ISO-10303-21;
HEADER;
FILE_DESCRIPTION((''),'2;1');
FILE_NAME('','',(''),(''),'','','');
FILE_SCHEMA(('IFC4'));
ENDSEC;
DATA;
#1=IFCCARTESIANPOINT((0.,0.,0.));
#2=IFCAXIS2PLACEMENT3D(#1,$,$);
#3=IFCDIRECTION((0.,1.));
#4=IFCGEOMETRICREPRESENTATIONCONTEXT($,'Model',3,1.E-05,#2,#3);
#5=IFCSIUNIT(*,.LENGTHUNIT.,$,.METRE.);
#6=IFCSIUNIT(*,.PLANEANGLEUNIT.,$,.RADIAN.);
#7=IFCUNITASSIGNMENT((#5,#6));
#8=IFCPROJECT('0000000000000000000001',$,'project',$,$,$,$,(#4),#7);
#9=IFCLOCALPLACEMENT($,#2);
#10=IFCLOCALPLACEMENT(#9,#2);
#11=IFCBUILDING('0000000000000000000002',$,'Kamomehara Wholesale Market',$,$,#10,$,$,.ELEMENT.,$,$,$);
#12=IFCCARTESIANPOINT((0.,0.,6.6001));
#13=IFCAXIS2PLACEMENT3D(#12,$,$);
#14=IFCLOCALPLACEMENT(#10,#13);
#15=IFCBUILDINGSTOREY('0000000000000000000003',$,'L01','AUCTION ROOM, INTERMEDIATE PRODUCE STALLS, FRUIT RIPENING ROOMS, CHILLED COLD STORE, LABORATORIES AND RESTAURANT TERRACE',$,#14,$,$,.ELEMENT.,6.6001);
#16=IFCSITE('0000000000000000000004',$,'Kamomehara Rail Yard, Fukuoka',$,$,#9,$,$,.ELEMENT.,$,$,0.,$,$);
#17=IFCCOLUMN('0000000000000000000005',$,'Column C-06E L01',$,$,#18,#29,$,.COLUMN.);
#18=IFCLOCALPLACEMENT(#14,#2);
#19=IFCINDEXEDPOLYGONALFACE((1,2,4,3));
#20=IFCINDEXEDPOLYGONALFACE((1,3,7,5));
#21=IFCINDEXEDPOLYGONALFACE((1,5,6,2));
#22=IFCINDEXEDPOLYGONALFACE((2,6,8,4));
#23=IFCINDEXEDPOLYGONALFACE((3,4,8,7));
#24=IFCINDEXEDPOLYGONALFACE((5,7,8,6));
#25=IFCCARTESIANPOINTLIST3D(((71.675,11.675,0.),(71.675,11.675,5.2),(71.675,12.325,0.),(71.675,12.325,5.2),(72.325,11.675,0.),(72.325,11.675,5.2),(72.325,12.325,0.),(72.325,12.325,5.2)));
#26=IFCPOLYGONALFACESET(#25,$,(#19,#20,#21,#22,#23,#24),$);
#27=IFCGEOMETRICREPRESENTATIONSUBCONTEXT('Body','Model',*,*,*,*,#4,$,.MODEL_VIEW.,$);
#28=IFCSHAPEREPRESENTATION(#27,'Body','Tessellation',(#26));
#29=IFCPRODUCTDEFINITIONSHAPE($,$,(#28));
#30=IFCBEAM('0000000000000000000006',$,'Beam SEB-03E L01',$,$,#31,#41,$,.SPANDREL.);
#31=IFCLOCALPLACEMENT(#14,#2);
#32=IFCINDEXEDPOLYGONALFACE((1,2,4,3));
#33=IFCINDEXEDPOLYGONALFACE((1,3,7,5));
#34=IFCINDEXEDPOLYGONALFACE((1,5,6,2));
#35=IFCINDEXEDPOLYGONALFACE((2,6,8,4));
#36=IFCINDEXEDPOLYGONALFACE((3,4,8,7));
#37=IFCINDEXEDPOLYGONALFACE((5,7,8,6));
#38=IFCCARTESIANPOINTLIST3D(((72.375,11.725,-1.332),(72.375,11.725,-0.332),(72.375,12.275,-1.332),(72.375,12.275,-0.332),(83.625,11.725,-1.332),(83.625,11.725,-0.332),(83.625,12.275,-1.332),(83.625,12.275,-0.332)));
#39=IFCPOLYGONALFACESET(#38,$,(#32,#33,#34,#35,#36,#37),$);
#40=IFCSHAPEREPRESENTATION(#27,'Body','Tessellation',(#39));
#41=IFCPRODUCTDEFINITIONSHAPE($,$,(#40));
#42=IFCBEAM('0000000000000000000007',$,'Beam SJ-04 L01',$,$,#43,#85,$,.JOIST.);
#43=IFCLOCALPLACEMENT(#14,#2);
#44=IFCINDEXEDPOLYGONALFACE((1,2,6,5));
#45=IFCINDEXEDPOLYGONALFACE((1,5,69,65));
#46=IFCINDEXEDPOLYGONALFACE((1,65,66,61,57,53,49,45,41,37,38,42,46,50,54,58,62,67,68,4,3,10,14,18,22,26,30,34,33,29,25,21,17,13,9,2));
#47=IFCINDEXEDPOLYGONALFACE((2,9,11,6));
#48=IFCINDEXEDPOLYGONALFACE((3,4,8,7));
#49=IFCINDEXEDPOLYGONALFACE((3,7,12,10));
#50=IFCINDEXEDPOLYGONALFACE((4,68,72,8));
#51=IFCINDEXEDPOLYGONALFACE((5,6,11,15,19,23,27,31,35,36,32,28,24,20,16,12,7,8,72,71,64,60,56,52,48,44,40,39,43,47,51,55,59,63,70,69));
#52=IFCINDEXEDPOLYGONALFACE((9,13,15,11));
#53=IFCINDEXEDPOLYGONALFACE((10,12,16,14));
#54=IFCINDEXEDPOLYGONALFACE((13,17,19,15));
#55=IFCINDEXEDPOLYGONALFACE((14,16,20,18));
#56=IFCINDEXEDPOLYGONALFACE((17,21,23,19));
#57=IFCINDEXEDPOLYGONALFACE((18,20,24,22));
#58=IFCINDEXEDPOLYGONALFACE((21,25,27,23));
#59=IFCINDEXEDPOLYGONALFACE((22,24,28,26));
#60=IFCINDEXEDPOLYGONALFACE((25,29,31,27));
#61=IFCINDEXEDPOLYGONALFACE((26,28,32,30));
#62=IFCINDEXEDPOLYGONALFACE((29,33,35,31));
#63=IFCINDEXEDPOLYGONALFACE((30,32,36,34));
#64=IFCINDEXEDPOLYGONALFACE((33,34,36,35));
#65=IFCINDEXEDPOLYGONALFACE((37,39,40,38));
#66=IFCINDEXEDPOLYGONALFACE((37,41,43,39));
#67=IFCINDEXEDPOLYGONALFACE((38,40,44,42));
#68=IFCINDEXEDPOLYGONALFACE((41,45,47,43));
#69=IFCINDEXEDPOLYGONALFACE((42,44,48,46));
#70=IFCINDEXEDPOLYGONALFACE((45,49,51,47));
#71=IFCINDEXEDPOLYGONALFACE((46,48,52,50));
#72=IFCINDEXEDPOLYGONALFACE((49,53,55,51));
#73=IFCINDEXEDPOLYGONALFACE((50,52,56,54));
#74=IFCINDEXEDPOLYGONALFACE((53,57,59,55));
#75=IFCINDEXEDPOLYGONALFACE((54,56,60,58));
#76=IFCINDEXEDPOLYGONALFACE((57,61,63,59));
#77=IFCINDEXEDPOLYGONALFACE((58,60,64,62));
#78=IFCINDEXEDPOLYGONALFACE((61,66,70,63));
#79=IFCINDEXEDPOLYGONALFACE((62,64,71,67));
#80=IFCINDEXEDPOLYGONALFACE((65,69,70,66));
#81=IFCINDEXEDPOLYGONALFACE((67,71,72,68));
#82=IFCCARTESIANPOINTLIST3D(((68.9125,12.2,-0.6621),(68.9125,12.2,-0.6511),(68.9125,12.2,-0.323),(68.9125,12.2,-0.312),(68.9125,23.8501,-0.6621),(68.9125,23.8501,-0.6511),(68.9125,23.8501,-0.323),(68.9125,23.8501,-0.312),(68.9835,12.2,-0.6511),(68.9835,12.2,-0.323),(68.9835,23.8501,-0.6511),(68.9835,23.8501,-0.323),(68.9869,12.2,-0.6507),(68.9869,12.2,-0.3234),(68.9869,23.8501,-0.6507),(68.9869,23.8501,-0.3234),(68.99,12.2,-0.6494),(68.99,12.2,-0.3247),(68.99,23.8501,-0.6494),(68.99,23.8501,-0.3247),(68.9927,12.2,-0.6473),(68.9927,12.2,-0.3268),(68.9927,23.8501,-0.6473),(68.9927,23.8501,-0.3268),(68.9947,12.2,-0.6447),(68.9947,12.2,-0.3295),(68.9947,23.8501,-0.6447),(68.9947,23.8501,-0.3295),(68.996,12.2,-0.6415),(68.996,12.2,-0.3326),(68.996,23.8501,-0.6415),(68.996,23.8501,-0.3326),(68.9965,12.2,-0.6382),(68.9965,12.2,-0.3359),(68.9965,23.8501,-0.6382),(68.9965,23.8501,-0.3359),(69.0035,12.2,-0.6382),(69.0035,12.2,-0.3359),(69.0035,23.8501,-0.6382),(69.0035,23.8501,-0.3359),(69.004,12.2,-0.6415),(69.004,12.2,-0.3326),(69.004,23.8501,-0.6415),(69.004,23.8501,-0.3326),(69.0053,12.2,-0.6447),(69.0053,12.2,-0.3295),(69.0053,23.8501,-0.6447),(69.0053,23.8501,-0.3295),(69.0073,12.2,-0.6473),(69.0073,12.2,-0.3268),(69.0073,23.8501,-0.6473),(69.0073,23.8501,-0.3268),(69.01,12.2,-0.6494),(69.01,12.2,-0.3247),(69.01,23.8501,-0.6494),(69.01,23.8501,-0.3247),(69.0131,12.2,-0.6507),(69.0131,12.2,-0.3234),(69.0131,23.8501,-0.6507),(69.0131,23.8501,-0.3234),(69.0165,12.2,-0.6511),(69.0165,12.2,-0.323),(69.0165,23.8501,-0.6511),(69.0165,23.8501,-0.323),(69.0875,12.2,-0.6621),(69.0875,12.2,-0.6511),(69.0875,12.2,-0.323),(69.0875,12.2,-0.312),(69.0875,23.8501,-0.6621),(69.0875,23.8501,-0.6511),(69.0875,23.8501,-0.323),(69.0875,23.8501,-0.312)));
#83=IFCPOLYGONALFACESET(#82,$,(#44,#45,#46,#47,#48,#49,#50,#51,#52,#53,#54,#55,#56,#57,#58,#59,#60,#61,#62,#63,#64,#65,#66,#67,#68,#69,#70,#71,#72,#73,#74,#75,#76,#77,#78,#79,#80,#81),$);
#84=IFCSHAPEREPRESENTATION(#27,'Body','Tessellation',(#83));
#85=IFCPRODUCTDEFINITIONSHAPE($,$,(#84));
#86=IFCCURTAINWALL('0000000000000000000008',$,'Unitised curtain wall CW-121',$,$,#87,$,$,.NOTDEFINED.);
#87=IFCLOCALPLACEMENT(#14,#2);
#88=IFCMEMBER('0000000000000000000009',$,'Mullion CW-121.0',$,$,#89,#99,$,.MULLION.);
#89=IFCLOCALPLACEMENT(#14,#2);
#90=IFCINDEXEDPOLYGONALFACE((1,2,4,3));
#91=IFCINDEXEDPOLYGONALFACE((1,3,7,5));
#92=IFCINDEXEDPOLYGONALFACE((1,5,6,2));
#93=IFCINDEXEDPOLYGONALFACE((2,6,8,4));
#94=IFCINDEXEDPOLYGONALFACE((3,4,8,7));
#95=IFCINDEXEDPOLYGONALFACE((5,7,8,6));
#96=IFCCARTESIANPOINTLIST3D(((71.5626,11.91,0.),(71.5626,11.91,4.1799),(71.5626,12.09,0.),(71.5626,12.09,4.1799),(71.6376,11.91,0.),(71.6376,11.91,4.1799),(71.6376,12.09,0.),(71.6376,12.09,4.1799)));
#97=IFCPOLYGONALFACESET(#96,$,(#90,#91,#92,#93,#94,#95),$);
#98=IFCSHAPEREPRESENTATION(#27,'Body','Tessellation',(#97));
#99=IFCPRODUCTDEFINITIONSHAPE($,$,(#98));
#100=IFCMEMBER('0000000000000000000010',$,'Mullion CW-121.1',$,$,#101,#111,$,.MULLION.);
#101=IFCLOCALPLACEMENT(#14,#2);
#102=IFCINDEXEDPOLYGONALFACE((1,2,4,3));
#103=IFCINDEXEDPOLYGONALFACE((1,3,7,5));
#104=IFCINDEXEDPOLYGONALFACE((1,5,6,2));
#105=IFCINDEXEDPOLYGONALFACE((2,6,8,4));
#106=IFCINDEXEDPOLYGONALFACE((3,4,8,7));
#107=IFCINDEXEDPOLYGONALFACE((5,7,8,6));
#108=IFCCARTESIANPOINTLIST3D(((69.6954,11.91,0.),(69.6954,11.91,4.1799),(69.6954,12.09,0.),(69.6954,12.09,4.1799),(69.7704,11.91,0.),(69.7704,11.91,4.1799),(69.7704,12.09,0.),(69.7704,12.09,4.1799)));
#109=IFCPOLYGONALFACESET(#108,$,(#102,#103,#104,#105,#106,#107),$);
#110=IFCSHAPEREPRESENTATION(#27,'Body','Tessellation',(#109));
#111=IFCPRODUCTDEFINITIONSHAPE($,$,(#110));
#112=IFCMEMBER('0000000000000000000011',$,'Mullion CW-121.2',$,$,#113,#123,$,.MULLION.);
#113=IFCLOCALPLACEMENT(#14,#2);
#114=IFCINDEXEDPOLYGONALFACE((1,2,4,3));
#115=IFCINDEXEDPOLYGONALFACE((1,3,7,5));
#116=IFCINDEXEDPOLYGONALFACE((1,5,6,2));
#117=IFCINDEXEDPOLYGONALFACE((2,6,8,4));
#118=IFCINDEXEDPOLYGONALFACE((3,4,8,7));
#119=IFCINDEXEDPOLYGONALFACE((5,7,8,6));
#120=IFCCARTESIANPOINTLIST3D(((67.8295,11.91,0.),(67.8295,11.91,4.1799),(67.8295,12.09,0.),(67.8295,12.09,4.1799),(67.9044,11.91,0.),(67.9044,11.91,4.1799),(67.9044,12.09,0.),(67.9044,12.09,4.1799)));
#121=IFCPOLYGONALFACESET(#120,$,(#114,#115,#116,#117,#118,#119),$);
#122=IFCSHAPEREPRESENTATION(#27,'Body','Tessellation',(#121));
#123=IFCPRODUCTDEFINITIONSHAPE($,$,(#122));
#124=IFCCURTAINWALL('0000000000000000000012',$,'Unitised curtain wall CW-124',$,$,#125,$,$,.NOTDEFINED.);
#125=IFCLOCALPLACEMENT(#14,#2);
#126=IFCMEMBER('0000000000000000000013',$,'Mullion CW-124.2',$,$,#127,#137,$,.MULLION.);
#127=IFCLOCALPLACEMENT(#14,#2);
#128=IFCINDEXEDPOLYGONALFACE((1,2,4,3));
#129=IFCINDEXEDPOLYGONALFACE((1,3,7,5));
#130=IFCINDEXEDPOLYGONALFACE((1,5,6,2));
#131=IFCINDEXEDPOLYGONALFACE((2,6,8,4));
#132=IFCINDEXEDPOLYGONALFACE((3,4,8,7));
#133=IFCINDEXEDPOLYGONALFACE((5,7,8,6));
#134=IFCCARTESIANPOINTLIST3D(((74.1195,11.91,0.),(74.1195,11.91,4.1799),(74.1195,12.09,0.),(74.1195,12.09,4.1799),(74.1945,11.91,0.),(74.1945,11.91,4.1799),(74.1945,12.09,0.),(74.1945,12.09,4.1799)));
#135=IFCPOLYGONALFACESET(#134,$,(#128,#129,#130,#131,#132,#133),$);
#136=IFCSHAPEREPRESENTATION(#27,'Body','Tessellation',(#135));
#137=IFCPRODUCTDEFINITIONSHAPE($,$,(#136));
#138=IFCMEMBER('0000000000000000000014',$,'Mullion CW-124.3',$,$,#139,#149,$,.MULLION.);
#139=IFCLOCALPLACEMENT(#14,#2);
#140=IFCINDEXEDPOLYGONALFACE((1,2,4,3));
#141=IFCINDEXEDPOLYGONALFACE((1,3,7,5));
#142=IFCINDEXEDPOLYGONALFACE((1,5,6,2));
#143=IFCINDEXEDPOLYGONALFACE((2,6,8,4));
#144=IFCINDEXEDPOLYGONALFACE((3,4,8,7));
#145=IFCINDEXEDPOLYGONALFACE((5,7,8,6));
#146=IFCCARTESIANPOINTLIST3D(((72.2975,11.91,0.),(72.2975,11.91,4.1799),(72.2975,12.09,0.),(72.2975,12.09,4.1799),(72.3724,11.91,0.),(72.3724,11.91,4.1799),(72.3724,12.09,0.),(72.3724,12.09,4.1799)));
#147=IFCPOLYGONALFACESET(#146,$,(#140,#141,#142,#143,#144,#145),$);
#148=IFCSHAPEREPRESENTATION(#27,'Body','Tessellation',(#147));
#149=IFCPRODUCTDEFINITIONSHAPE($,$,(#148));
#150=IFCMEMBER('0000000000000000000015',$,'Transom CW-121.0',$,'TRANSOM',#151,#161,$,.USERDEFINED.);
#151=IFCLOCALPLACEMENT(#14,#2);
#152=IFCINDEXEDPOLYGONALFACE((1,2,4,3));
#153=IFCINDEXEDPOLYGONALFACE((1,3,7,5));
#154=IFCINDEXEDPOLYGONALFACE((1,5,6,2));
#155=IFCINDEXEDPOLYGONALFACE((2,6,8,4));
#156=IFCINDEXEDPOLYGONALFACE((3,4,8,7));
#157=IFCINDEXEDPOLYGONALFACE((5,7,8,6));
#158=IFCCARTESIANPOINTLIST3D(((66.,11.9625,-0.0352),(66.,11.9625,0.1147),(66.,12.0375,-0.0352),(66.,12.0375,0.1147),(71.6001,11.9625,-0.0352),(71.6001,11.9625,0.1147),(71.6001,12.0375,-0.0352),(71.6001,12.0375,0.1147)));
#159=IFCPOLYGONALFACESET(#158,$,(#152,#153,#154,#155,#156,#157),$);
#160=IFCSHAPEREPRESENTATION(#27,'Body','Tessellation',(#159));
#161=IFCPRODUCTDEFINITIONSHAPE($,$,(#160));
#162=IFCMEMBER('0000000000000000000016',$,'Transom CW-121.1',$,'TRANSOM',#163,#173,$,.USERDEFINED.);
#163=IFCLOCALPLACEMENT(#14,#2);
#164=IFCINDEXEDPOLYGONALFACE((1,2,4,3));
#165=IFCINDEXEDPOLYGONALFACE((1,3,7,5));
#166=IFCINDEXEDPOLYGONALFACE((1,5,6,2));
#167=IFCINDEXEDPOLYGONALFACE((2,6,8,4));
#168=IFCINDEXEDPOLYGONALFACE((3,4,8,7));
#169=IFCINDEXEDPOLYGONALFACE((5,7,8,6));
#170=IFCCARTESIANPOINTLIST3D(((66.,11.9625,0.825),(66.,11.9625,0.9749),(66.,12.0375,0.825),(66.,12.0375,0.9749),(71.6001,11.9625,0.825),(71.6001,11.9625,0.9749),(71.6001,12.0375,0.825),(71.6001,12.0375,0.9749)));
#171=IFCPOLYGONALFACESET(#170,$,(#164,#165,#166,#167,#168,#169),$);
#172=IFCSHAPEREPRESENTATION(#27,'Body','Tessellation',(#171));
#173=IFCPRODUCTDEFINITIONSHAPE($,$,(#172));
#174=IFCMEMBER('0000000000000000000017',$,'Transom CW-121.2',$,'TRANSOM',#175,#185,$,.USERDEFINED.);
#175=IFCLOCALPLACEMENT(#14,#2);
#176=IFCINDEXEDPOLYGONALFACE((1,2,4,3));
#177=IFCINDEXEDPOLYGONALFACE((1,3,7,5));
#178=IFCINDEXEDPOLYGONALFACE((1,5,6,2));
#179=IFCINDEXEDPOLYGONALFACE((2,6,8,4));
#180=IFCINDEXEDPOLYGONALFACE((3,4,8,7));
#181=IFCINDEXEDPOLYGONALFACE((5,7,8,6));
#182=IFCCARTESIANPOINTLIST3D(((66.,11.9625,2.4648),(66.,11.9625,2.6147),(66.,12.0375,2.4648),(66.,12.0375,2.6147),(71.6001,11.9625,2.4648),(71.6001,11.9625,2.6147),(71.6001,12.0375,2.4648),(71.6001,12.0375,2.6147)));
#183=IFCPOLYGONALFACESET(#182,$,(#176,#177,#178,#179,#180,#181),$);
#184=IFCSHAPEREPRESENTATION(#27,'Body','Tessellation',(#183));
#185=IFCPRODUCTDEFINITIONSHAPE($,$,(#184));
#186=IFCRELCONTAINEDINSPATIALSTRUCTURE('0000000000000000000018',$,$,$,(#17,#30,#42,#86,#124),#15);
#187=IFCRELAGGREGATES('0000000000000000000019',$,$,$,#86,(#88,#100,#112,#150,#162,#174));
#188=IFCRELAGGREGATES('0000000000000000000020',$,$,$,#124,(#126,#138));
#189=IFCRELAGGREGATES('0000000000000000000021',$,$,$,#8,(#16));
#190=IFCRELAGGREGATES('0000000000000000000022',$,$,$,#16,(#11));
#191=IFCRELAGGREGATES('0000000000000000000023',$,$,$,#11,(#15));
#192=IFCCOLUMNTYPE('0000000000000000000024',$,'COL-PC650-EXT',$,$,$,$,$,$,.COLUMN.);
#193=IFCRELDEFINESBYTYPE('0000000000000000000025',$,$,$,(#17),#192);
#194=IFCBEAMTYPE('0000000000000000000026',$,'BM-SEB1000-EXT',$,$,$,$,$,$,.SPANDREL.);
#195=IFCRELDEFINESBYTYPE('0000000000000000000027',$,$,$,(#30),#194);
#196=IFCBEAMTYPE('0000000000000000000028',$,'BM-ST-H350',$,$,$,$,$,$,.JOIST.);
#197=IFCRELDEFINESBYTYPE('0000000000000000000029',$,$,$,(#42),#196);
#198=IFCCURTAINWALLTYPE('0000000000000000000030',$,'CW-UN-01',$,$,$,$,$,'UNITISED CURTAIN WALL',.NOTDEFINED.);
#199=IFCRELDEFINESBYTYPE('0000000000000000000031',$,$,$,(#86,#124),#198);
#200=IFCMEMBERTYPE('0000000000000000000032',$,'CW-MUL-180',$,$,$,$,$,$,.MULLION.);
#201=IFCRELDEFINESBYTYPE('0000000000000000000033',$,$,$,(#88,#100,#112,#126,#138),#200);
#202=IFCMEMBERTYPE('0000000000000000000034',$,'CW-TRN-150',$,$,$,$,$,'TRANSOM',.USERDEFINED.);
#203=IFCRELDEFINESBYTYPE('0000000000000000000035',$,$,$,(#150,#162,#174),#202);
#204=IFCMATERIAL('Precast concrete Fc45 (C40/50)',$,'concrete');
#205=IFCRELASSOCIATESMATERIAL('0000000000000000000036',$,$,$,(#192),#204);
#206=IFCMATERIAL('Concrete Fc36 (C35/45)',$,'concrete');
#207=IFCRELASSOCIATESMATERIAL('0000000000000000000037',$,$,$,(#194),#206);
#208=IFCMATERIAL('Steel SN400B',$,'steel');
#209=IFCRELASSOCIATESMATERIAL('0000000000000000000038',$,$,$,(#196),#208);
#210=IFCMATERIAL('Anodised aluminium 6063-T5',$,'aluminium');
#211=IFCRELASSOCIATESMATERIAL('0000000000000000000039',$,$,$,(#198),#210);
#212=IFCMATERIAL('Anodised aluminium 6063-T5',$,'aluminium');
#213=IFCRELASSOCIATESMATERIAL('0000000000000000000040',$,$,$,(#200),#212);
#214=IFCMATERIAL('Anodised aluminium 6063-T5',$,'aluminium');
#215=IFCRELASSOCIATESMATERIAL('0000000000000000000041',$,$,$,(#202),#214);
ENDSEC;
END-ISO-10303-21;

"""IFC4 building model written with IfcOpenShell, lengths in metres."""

from ifc_helpers import new_model, si_unit, direction, frame, origin, origin_2d, place, context, subcontext, project, spatial, rectangle, i_section, extrude, material, material_profile, profile_set, type_object, element, aggregate, save


model = new_model("IFC4")

# Units and contexts
model_context = context("Model", 3, precision=1e-05, world=origin(), true_north=direction((0.0, 1.0)))
body_context = subcontext(model_context, "Body", "Model", "MODEL_VIEW")
ifc_project = project(units=[si_unit("LENGTHUNIT", "METRE"), si_unit("PLANEANGLEUNIT", "RADIAN")], contexts=[model_context])

# Site, building, storey
site_placement = place(None, origin())
site = spatial("IfcSite", under=ifc_project, at=site_placement, Name="Kamomehara Rail Yard, Fukuoka", CompositionType="ELEMENT", RefElevation=0.0)
building_placement = place(site_placement, origin())
building = spatial("IfcBuilding", under=site, at=building_placement, Name="Kamomehara Wholesale Market", CompositionType="ELEMENT")
storey_placement = place(building_placement, frame((0.0, 0.0, 6.6001)))
storey = spatial("IfcBuildingStorey", under=building, at=storey_placement, Name="L01", Description="AUCTION ROOM, INTERMEDIATE PRODUCE STALLS, FRUIT RIPENING ROOMS, CHILLED COLD STORE, LABORATORIES AND RESTAURANT TERRACE", CompositionType="ELEMENT", Elevation=6.6001)

# Column
ifc_material_1 = material(Name="Precast concrete Fc45 (C40/50)", Category="concrete")
ifc_material_profile_1 = material_profile(ifc_material_1, rectangle(XDim=0.6499, YDim=0.6499, at=origin_2d()), Name="PC-COL-650x650")
ifc_profile_set_1 = profile_set([ifc_material_profile_1], Name="Precast concrete Fc45 (C40/50)")
column_type = type_object("IfcColumnType", Name="COL-PC650-EXT", PredefinedType="COLUMN", material=ifc_profile_set_1)
column_placement = place(storey_placement, frame((72.0, 12.0, 0.0), z_axis=(0.0, 0.0, 1.0), x_axis=(1.0, 0.0, 0.0)))
element("IfcColumn", 1, at=column_placement, inside=storey, type_object=column_type, Name="Column C-06E L01", PredefinedType="COLUMN", context=body_context, shape_type="SweptSolid", body=[
    extrude(rectangle(XDim=0.6499, YDim=0.6499, at=origin_2d()), origin(), (0.0, 0.0, 1.0), 5.2),
])

# Beams
ifc_material_2 = material(Name="Concrete Fc36 (C35/45)", Category="concrete")
ifc_material_profile_2 = material_profile(ifc_material_2, rectangle(XDim=0.55, YDim=1.0, at=origin_2d()), Name="RC-SEB-550x1000")
ifc_profile_set_2 = profile_set([ifc_material_profile_2], Name="Concrete Fc36 (C35/45)")
beam_type_1 = type_object("IfcBeamType", Name="BM-SEB1000-EXT", PredefinedType="SPANDREL", material=ifc_profile_set_2)
beam_1_placement = place(storey_placement, frame((72.375, 12.0, -0.832), z_axis=(1.0, 0.0, 0.0), x_axis=(0.0, 1.0, 0.0)))
element("IfcBeam", 2, at=beam_1_placement, inside=storey, type_object=beam_type_1, Name="Beam SEB-03E L01", PredefinedType="SPANDREL", context=body_context, shape_type="SweptSolid", body=[
    extrude(rectangle(XDim=0.55, YDim=1.0, at=origin_2d()), origin(), (0.0, 0.0, 1.0), 11.25),
])
ifc_material_3 = material(Name="Steel SN400B", Category="steel")
ifc_material_profile_3 = material_profile(ifc_material_3, i_section(OverallWidth=0.175, OverallDepth=0.3501, WebThickness=0.0071, FlangeThickness=0.011, FilletRadius=0.0129, at=origin_2d()), Name="H-350x175x7x11")
ifc_profile_set_3 = profile_set([ifc_material_profile_3], Name="Steel SN400B")
beam_type_2 = type_object("IfcBeamType", Name="BM-ST-H350", PredefinedType="JOIST", material=ifc_profile_set_3)
beam_2_placement = place(storey_placement, frame((69.0, 12.2, -0.4871), z_axis=(0.0, 1.0, 0.0), x_axis=(-1.0, 0.0, 0.0)))
element("IfcBeam", 3, at=beam_2_placement, inside=storey, type_object=beam_type_2, Name="Beam SJ-04 L01", PredefinedType="JOIST", context=body_context, shape_type="SweptSolid", body=[
    extrude(i_section(OverallWidth=0.175, OverallDepth=0.3501, WebThickness=0.0071, FlangeThickness=0.011, FilletRadius=0.0129, at=origin_2d()), origin(), (0.0, 0.0, 1.0), 11.6501),
])

# Curtain walls, members
ifc_material_4 = material(Name="Anodised aluminium 6063-T5", Category="aluminium")
curtain_wall_type = type_object("IfcCurtainWallType", Name="CW-UN-01", ElementType="UNITISED CURTAIN WALL", PredefinedType="NOTDEFINED", material=ifc_material_4)
curtain_wall_1_placement = place(storey_placement, origin())
curtain_wall_1 = element("IfcCurtainWall", 4, at=curtain_wall_1_placement, inside=storey, type_object=curtain_wall_type, Name="Unitised curtain wall CW-121", PredefinedType="NOTDEFINED")
ifc_material_5 = material(Name="Anodised aluminium 6063-T5", Category="aluminium")
ifc_material_profile_4 = material_profile(ifc_material_5, rectangle(XDim=0.075, YDim=0.1799, at=origin_2d()), Name="ALU-MUL-75x180")
ifc_profile_set_4 = profile_set([ifc_material_profile_4], Name="Anodised aluminium 6063-T5")
member_type_1 = type_object("IfcMemberType", Name="CW-MUL-180", PredefinedType="MULLION", material=ifc_profile_set_4)
member_1_placement = place(storey_placement, frame((71.6001, 12.0, 0.0), z_axis=(0.0, 0.0, 1.0), x_axis=(-1.0, 0.0, 0.0)))
member_1 = element("IfcMember", 5, at=member_1_placement, type_object=member_type_1, Name="Mullion CW-121.0", PredefinedType="MULLION", context=body_context, shape_type="SweptSolid", body=[
    extrude(rectangle(XDim=0.075, YDim=0.1799, at=origin_2d()), origin(), (0.0, 0.0, 1.0), 4.1799),
])
member_2_placement = place(storey_placement, frame((69.7329, 12.0, 0.0), z_axis=(0.0, 0.0, 1.0), x_axis=(-1.0, 0.0, 0.0)))
member_2 = element("IfcMember", 6, at=member_2_placement, type_object=member_type_1, Name="Mullion CW-121.1", PredefinedType="MULLION", context=body_context, shape_type="SweptSolid", body=[
    extrude(rectangle(XDim=0.075, YDim=0.1799, at=origin_2d()), origin(), (0.0, 0.0, 1.0), 4.1799),
])
member_3_placement = place(storey_placement, frame((67.8669, 12.0, 0.0), z_axis=(0.0, 0.0, 1.0), x_axis=(-1.0, 0.0, 0.0)))
member_3 = element("IfcMember", 7, at=member_3_placement, type_object=member_type_1, Name="Mullion CW-121.2", PredefinedType="MULLION", context=body_context, shape_type="SweptSolid", body=[
    extrude(rectangle(XDim=0.075, YDim=0.1799, at=origin_2d()), origin(), (0.0, 0.0, 1.0), 4.1799),
])
curtain_wall_2_placement = place(storey_placement, origin())
curtain_wall_2 = element("IfcCurtainWall", 8, at=curtain_wall_2_placement, inside=storey, type_object=curtain_wall_type, Name="Unitised curtain wall CW-124", PredefinedType="NOTDEFINED")
member_4_placement = place(storey_placement, frame((74.157, 12.0, 0.0), z_axis=(0.0, 0.0, 1.0), x_axis=(-1.0, 0.0, 0.0)))
member_4 = element("IfcMember", 9, at=member_4_placement, type_object=member_type_1, Name="Mullion CW-124.2", PredefinedType="MULLION", context=body_context, shape_type="SweptSolid", body=[
    extrude(rectangle(XDim=0.075, YDim=0.1799, at=origin_2d()), origin(), (0.0, 0.0, 1.0), 4.1799),
])
member_5_placement = place(storey_placement, frame((72.335, 12.0, 0.0), z_axis=(0.0, 0.0, 1.0), x_axis=(-1.0, 0.0, 0.0)))
member_5 = element("IfcMember", 10, at=member_5_placement, type_object=member_type_1, Name="Mullion CW-124.3", PredefinedType="MULLION", context=body_context, shape_type="SweptSolid", body=[
    extrude(rectangle(XDim=0.075, YDim=0.1799, at=origin_2d()), origin(), (0.0, 0.0, 1.0), 4.1799),
])

# Members
ifc_material_6 = material(Name="Anodised aluminium 6063-T5", Category="aluminium")
ifc_material_profile_5 = material_profile(ifc_material_6, rectangle(XDim=0.075, YDim=0.1499, at=origin_2d()), Name="ALU-TRN-75x150")
ifc_profile_set_5 = profile_set([ifc_material_profile_5], Name="Anodised aluminium 6063-T5")
member_type_2 = type_object("IfcMemberType", Name="CW-TRN-150", ElementType="TRANSOM", PredefinedType="USERDEFINED", material=ifc_profile_set_5)
member_6_placement = place(storey_placement, frame((71.6001, 12.0, 0.0398), z_axis=(-1.0, 0.0, 0.0), x_axis=(0.0, -1.0, 0.0)))
member_6 = element("IfcMember", 11, at=member_6_placement, type_object=member_type_2, Name="Transom CW-121.0", ObjectType="TRANSOM", PredefinedType="USERDEFINED", context=body_context, shape_type="SweptSolid", body=[
    extrude(rectangle(XDim=0.075, YDim=0.1499, at=origin_2d()), origin(), (0.0, 0.0, 1.0), 5.6001),
])
member_7_placement = place(storey_placement, frame((71.6001, 12.0, 0.8999), z_axis=(-1.0, 0.0, 0.0), x_axis=(0.0, -1.0, 0.0)))
member_7 = element("IfcMember", 12, at=member_7_placement, type_object=member_type_2, Name="Transom CW-121.1", ObjectType="TRANSOM", PredefinedType="USERDEFINED", context=body_context, shape_type="SweptSolid", body=[
    extrude(rectangle(XDim=0.075, YDim=0.1499, at=origin_2d()), origin(), (0.0, 0.0, 1.0), 5.6001),
])
member_8_placement = place(storey_placement, frame((71.6001, 12.0, 2.5398), z_axis=(-1.0, 0.0, 0.0), x_axis=(0.0, -1.0, 0.0)))
member_8 = element("IfcMember", 13, at=member_8_placement, type_object=member_type_2, Name="Transom CW-121.2", ObjectType="TRANSOM", PredefinedType="USERDEFINED", context=body_context, shape_type="SweptSolid", body=[
    extrude(rectangle(XDim=0.075, YDim=0.1499, at=origin_2d()), origin(), (0.0, 0.0, 1.0), 5.6001),
])

aggregate(curtain_wall_1, [member_1, member_2, member_3, member_6, member_7, member_8])
aggregate(curtain_wall_2, [member_4, member_5])

save(model, "model.ifc")
